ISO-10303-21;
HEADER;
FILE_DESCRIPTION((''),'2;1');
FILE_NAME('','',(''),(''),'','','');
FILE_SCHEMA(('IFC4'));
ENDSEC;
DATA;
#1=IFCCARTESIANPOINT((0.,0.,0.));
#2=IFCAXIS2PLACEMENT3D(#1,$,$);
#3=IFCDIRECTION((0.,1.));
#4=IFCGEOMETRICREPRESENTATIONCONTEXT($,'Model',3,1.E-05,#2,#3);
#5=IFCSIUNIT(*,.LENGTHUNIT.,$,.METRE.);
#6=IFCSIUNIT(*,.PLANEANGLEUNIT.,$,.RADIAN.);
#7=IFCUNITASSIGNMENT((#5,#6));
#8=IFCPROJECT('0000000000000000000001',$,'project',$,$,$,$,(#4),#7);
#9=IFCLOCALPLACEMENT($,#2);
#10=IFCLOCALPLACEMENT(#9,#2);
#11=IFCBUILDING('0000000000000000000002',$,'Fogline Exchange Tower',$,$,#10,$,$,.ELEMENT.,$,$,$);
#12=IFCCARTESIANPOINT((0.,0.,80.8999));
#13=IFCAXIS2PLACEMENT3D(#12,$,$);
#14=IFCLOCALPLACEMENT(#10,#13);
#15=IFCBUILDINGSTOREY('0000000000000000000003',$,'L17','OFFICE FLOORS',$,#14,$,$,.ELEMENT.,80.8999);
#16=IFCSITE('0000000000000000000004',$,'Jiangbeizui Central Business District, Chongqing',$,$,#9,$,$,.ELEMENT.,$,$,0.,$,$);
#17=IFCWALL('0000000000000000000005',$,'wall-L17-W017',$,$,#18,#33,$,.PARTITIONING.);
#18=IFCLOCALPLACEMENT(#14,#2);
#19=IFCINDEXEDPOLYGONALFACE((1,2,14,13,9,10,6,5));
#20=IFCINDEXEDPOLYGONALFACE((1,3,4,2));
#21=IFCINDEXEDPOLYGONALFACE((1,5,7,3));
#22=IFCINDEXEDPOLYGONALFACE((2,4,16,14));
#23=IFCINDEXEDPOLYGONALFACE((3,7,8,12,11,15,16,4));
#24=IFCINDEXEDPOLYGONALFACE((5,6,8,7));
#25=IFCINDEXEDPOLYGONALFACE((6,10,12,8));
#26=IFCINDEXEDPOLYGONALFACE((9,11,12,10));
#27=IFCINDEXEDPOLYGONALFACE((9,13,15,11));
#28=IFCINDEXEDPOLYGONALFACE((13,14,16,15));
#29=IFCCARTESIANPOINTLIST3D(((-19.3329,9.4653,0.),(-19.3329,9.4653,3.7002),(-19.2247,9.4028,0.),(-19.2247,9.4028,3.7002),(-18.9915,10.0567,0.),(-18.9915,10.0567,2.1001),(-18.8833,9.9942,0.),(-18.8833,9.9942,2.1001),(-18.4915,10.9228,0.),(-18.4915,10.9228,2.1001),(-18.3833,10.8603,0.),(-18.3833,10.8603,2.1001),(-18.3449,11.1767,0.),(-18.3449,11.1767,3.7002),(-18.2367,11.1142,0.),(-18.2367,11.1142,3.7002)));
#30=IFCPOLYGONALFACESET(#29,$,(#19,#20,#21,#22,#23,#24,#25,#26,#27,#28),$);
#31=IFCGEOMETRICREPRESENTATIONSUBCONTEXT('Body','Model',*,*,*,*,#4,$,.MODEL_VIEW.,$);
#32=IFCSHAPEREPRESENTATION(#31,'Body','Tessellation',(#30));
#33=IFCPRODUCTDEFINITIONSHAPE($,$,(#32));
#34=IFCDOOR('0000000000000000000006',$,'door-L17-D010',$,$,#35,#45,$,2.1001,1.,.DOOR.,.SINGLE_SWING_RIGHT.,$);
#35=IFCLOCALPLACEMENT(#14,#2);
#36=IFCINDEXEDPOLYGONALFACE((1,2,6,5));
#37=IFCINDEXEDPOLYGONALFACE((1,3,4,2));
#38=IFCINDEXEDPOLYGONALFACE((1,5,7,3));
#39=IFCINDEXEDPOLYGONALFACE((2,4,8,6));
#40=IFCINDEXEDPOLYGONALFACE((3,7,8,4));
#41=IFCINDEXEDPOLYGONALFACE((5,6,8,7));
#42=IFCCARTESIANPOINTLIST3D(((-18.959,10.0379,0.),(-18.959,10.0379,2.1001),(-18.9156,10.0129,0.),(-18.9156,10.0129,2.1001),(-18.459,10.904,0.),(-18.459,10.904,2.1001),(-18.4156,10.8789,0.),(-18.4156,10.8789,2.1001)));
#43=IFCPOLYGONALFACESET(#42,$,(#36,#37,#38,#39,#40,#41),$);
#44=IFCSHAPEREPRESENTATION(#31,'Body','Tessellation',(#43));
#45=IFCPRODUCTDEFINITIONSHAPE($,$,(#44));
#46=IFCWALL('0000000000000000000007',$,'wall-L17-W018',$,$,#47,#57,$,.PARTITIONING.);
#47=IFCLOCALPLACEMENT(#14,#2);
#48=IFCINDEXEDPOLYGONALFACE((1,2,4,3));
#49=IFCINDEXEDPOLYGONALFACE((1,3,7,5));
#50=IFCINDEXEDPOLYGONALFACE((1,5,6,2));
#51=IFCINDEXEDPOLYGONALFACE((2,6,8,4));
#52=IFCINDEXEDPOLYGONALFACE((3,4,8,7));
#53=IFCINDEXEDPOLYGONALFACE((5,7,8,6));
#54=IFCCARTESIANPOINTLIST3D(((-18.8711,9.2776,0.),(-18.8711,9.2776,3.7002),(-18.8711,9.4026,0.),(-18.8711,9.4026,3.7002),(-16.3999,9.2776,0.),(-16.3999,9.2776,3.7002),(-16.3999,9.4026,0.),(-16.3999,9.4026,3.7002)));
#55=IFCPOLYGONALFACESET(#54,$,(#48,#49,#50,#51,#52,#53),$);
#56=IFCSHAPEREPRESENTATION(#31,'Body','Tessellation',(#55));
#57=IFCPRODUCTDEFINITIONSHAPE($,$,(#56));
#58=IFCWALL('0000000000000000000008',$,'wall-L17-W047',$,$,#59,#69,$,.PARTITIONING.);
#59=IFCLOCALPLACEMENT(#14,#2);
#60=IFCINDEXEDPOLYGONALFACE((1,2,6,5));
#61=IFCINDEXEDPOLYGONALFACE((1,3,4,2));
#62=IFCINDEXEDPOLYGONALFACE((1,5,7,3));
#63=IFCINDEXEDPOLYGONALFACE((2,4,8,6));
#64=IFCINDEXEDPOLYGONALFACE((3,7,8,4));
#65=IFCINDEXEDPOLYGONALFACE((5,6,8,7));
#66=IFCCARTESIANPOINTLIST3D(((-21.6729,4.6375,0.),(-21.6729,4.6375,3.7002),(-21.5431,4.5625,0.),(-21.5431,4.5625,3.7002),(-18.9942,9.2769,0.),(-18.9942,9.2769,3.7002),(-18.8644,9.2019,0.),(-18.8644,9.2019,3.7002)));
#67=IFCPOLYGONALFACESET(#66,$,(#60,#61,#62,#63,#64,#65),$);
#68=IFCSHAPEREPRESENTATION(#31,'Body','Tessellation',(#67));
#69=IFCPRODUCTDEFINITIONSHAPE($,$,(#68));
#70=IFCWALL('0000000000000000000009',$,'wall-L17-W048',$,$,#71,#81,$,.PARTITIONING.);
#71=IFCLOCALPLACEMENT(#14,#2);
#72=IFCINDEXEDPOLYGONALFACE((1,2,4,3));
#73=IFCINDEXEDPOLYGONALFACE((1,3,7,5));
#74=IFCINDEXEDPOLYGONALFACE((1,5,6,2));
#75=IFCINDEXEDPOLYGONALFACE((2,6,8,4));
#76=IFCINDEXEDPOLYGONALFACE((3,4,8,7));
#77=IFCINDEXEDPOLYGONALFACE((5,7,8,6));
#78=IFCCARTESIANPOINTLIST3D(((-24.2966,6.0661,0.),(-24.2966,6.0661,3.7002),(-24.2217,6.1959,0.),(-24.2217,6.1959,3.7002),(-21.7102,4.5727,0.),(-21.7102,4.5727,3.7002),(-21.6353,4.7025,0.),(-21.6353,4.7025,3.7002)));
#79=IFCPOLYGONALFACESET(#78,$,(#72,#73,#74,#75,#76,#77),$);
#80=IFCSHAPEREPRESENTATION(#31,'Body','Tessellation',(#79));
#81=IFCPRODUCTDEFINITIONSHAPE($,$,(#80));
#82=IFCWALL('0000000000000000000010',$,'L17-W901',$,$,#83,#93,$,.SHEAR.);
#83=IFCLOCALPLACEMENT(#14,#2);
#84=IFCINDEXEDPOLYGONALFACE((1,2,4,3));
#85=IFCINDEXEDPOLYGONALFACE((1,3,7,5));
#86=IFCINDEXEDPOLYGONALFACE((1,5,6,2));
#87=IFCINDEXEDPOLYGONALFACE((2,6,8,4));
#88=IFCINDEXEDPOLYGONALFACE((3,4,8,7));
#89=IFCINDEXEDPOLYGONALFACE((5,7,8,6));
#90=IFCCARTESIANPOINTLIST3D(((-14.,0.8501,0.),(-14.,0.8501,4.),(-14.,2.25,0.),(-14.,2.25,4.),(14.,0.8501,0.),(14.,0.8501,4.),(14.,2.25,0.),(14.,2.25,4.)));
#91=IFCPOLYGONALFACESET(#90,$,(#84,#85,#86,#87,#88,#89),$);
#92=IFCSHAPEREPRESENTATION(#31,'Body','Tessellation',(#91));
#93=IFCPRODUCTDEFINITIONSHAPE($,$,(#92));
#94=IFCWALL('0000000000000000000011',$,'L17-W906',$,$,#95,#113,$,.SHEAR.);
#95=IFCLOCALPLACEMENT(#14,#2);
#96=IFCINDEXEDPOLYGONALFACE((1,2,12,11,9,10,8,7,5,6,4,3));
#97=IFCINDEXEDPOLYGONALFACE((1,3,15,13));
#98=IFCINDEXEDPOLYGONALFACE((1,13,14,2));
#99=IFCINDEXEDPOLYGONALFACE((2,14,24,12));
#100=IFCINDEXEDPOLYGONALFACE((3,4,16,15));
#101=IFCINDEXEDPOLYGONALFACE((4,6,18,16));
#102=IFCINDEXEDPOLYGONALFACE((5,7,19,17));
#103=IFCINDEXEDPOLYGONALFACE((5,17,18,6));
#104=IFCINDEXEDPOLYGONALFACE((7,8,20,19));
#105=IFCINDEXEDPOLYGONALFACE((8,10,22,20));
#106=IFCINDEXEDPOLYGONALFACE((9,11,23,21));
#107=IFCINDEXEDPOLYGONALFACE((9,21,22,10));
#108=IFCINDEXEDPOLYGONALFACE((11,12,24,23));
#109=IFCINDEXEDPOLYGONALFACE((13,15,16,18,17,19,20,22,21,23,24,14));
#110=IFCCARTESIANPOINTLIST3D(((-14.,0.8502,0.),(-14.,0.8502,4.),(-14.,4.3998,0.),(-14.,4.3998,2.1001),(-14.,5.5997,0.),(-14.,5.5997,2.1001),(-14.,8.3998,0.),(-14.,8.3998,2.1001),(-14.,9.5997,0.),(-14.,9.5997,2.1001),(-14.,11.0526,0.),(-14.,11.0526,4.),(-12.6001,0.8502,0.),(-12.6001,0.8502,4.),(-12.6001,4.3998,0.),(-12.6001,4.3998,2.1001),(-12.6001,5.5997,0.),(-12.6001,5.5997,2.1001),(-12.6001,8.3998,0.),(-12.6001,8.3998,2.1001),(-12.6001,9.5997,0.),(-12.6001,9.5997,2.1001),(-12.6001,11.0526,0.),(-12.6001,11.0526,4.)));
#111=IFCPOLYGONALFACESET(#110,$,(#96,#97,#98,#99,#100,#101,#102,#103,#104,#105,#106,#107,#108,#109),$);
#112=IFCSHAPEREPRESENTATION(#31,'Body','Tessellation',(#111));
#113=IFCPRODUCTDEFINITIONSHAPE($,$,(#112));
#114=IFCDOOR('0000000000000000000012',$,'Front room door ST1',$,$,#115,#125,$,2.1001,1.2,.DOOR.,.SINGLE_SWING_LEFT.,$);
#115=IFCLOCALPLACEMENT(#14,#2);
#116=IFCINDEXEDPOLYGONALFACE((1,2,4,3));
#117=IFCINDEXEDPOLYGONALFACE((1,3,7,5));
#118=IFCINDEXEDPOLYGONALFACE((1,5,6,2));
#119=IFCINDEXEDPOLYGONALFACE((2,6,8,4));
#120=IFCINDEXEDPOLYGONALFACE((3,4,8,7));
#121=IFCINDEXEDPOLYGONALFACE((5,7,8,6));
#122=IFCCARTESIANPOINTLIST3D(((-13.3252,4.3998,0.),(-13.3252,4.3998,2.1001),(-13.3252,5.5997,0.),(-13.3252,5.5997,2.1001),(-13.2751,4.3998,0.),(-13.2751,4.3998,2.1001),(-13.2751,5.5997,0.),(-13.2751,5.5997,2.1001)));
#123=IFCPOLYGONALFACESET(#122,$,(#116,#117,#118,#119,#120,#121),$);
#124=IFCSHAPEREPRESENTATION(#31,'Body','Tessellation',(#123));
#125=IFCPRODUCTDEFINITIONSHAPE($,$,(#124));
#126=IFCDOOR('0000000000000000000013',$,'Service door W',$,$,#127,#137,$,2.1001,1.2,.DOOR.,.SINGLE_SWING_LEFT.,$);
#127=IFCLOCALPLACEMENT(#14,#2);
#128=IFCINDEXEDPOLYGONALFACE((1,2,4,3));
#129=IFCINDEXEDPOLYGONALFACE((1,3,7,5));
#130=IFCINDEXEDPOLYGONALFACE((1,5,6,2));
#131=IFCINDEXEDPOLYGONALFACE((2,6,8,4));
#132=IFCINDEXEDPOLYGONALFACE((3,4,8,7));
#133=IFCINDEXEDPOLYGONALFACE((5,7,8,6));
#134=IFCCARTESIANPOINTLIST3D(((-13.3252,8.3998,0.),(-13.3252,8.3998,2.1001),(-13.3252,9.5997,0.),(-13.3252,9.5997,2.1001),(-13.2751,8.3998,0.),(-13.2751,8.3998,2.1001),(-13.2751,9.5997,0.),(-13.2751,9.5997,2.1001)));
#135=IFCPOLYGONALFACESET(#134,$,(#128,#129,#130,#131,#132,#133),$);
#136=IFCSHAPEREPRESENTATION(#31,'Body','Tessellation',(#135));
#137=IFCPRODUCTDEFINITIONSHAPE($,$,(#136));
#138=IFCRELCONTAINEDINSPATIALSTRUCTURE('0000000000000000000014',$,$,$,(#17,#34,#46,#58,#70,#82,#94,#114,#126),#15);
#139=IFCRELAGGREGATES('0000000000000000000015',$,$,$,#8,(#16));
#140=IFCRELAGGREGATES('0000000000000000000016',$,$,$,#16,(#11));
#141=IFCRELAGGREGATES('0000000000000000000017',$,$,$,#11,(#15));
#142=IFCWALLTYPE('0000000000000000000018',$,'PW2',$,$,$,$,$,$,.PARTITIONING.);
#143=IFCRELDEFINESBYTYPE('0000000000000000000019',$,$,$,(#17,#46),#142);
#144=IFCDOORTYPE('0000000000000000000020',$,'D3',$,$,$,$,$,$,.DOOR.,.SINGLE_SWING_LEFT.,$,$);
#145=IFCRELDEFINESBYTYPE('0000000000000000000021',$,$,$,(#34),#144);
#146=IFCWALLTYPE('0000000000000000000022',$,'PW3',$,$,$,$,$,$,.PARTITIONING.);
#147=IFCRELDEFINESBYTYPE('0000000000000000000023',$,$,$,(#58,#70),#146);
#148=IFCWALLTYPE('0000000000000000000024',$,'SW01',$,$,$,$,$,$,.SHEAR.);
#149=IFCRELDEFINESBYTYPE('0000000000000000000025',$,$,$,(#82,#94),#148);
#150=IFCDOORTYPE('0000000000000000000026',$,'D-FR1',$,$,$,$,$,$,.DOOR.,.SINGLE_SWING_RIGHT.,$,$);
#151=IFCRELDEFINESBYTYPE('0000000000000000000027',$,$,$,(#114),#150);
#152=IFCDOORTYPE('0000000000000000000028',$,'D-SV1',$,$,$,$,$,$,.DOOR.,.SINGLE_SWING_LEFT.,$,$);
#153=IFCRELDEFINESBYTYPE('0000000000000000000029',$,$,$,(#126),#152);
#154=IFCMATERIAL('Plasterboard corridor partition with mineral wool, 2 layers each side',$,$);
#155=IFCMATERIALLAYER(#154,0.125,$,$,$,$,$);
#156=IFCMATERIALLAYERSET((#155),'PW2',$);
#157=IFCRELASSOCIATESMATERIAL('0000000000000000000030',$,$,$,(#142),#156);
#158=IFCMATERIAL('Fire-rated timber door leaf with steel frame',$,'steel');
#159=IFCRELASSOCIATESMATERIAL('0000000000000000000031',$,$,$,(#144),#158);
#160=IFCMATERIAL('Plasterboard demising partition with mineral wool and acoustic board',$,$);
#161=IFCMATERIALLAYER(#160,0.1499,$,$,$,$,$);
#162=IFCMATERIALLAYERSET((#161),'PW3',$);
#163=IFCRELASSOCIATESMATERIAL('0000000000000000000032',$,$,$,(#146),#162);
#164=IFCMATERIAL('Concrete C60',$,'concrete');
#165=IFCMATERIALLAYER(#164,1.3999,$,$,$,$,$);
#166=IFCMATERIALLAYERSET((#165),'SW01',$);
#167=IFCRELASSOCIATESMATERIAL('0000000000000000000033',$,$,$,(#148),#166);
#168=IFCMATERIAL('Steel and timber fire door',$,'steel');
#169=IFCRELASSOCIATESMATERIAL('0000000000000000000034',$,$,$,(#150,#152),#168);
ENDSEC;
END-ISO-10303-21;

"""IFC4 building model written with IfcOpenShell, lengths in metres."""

from ifc_helpers import new_model, si_unit, direction, frame, frame_2d, origin, place, context, subcontext, project, spatial, rectangle, extrude, material, layer, layer_set, type_object, element, fill, save


model = new_model("IFC4")

# Units and contexts
model_context = context("Model", 3, precision=1e-05, world=origin(), true_north=direction((0.0, 1.0)))
body_context = subcontext(model_context, "Body", "Model", "MODEL_VIEW")
ifc_project = project(units=[si_unit("LENGTHUNIT", "METRE"), si_unit("PLANEANGLEUNIT", "RADIAN")], contexts=[model_context])

# Site, building, storey
site_placement = place(None, origin())
site = spatial("IfcSite", under=ifc_project, at=site_placement, Name="Jiangbeizui Central Business District, Chongqing", CompositionType="ELEMENT", RefElevation=0.0)
building_placement = place(site_placement, origin())
building = spatial("IfcBuilding", under=site, at=building_placement, Name="Fogline Exchange Tower", CompositionType="ELEMENT")
storey_placement = place(building_placement, frame((0.0, 0.0, 80.8999)))
storey = spatial("IfcBuildingStorey", under=building, at=storey_placement, Name="L17", Description="OFFICE FLOORS", CompositionType="ELEMENT", Elevation=80.8999)

# Shared definitions
ifc_material_1 = material(Name="Plasterboard corridor partition with mineral wool, 2 layers each side")
ifc_layer_1 = layer(ifc_material_1, 0.125)
ifc_layer_set_1 = layer_set([ifc_layer_1], Name="PW2")
wall_type_1 = type_object("IfcWallType", Name="PW2", PredefinedType="PARTITIONING", material=ifc_layer_set_1)

# Shared definitions
ifc_material_2 = material(Name="Fire-rated timber door leaf with steel frame", Category="steel")
door_type_1 = type_object("IfcDoorType", Name="D3", OperationType="SINGLE_SWING_LEFT", PredefinedType="DOOR", material=ifc_material_2)

# Wall, opening, door
wall_1_placement = place(storey_placement, frame((-19.2788, 9.4341, 0.0), z_axis=(0.0, 0.0, 1.0), x_axis=(0.499979, 0.866037, 0.0)))
wall_1 = element("IfcWall", 1, at=wall_1_placement, inside=storey, type_object=wall_type_1, Name="wall-L17-W017", PredefinedType="PARTITIONING", context=body_context, shape_type="SweptSolid", body=[
    extrude(rectangle(XDim=1.9761, YDim=0.125, at=frame_2d((0.988, 0.0))), origin(), (0.0, 0.0, 1.0), 3.7002),
])
opening_1_placement = place(wall_1_placement, frame((0.6829, 0.0, 0.0)))
opening_1 = element("IfcOpeningElement", 2, at=opening_1_placement, cuts=wall_1, PredefinedType="OPENING", context=body_context, shape_type="SweptSolid", body=[
    extrude(rectangle(XDim=1.0, YDim=2.1001, at=frame_2d((0.5, 1.05))), frame((0.0, 0.0725, 0.0), z_axis=(0.0, -1.0, 0.0), x_axis=(1.0, 0.0, 0.0)), (0.0, 0.0, 1.0), 0.145),
])
door_1_placement = place(opening_1_placement, origin())
door_1 = element("IfcDoor", 3, at=door_1_placement, inside=storey, type_object=door_type_1, Name="door-L17-D010", OperationType="SINGLE_SWING_RIGHT", OverallHeight=2.1001, OverallWidth=1.0, PredefinedType="DOOR", context=body_context, shape_type="SweptSolid", body=[
    extrude(rectangle(XDim=1.0, YDim=2.1001, at=frame_2d((0.5, 1.05))), frame((0.0, 0.0249, 0.0), z_axis=(0.0, -1.0, 0.0), x_axis=(1.0, 0.0, 0.0)), (0.0, 0.0, 1.0), 0.05),
])
fill(opening_1, door_1)

# Walls
wall_2_placement = place(storey_placement, frame((-16.3999, 9.3401, 0.0), z_axis=(0.0, 0.0, 1.0), x_axis=(-1.0, 0.0, 0.0)))
element("IfcWall", 4, at=wall_2_placement, inside=storey, type_object=wall_type_1, Name="wall-L17-W018", PredefinedType="PARTITIONING", context=body_context, shape_type="SweptSolid", body=[
    extrude(rectangle(XDim=2.4712, YDim=0.125, at=frame_2d((1.2356, 0.0))), origin(), (0.0, 0.0, 1.0), 3.7002),
])
ifc_material_3 = material(Name="Plasterboard demising partition with mineral wool and acoustic board")
ifc_layer_2 = layer(ifc_material_3, 0.1499)
ifc_layer_set_2 = layer_set([ifc_layer_2], Name="PW3")
wall_type_2 = type_object("IfcWallType", Name="PW3", PredefinedType="PARTITIONING", material=ifc_layer_set_2)
wall_3_placement = place(storey_placement, frame((-18.9292, 9.2395, 0.0), z_axis=(0.0, 0.0, 1.0), x_axis=(-0.500021, -0.866013, 0.0)))
element("IfcWall", 5, at=wall_3_placement, inside=storey, type_object=wall_type_2, Name="wall-L17-W047", PredefinedType="PARTITIONING", context=body_context, shape_type="SweptSolid", body=[
    extrude(rectangle(XDim=5.3572, YDim=0.1499, at=frame_2d((2.6787, 0.0))), origin(), (0.0, 0.0, 1.0), 3.7002),
])
wall_4_placement = place(storey_placement, frame((-21.6729, 4.6377, 0.0), z_axis=(0.0, 0.0, 1.0), x_axis=(-0.866006, 0.500034, 0.0)))
element("IfcWall", 6, at=wall_4_placement, inside=storey, type_object=wall_type_2, Name="wall-L17-W048", PredefinedType="PARTITIONING", context=body_context, shape_type="SweptSolid", body=[
    extrude(rectangle(XDim=2.9866, YDim=0.1499, at=frame_2d((1.4932, 0.0))), origin(), (0.0, 0.0, 1.0), 3.7002),
])
ifc_material_4 = material(Name="Concrete C60", Category="concrete")
ifc_layer_3 = layer(ifc_material_4, 1.3999)
ifc_layer_set_3 = layer_set([ifc_layer_3], Name="SW01")
wall_type_3 = type_object("IfcWallType", Name="SW01", PredefinedType="SHEAR", material=ifc_layer_set_3)
wall_5_placement = place(storey_placement, frame((-14.0, 1.55, 0.0), z_axis=(0.0, 0.0, 1.0), x_axis=(1.0, 0.0, 0.0)))
element("IfcWall", 7, at=wall_5_placement, inside=storey, type_object=wall_type_3, Name="L17-W901", PredefinedType="SHEAR", context=body_context, shape_type="SweptSolid", body=[
    extrude(rectangle(XDim=28.0, YDim=1.3999, at=frame_2d((14.0, 0.0))), origin(), (0.0, 0.0, 1.0), 4.0),
])

# Wall, openings, doors
wall_6_placement = place(storey_placement, frame((-13.3, 11.0525, 0.0), z_axis=(0.0, 0.0, 1.0), x_axis=(0.0, -1.0, 0.0)))
wall_6 = element("IfcWall", 8, at=wall_6_placement, inside=storey, type_object=wall_type_3, Name="L17-W906", PredefinedType="SHEAR", context=body_context, shape_type="SweptSolid", body=[
    extrude(rectangle(XDim=10.2024, YDim=1.3999, at=frame_2d((5.1011, 0.0))), origin(), (0.0, 0.0, 1.0), 4.0),
])
opening_2_placement = place(wall_6_placement, frame((5.4526, 0.0, 0.0)))
opening_2 = element("IfcOpeningElement", 9, at=opening_2_placement, cuts=wall_6, PredefinedType="OPENING", context=body_context, shape_type="SweptSolid", body=[
    extrude(rectangle(XDim=1.2, YDim=2.1001, at=frame_2d((0.6001, 1.05))), frame((0.0, 0.71, 0.0), z_axis=(0.0, -1.0, 0.0), x_axis=(1.0, 0.0, 0.0)), (0.0, 0.0, 1.0), 1.4199),
])
opening_3_placement = place(wall_6_placement, frame((1.4526, 0.0, 0.0)))
opening_3 = element("IfcOpeningElement", 10, at=opening_3_placement, cuts=wall_6, PredefinedType="OPENING", context=body_context, shape_type="SweptSolid", body=[
    extrude(rectangle(XDim=1.2, YDim=2.1001, at=frame_2d((0.6001, 1.05))), frame((0.0, 0.71, 0.0), z_axis=(0.0, -1.0, 0.0), x_axis=(1.0, 0.0, 0.0)), (0.0, 0.0, 1.0), 1.4199),
])
ifc_material_5 = material(Name="Steel and timber fire door", Category="steel")
door_type_2 = type_object("IfcDoorType", Name="D-FR1", OperationType="SINGLE_SWING_RIGHT", PredefinedType="DOOR", material=ifc_material_5)
door_2_placement = place(opening_2_placement, origin())
door_2 = element("IfcDoor", 11, at=door_2_placement, inside=storey, type_object=door_type_2, Name="Front room door ST1", OperationType="SINGLE_SWING_LEFT", OverallHeight=2.1001, OverallWidth=1.2, PredefinedType="DOOR", context=body_context, shape_type="SweptSolid", body=[
    extrude(rectangle(XDim=1.2, YDim=2.1001, at=frame_2d((0.6001, 1.05))), frame((0.0, 0.0249, 0.0), z_axis=(0.0, -1.0, 0.0), x_axis=(1.0, 0.0, 0.0)), (0.0, 0.0, 1.0), 0.05),
])
fill(opening_2, door_2)
door_type_3 = type_object("IfcDoorType", Name="D-SV1", OperationType="SINGLE_SWING_LEFT", PredefinedType="DOOR", material=ifc_material_5)
door_3_placement = place(opening_3_placement, origin())
door_3 = element("IfcDoor", 12, at=door_3_placement, inside=storey, type_object=door_type_3, Name="Service door W", OperationType="SINGLE_SWING_LEFT", OverallHeight=2.1001, OverallWidth=1.2, PredefinedType="DOOR", context=body_context, shape_type="SweptSolid", body=[
    extrude(rectangle(XDim=1.2, YDim=2.1001, at=frame_2d((0.6001, 1.05))), frame((0.0, 0.0249, 0.0), z_axis=(0.0, -1.0, 0.0), x_axis=(1.0, 0.0, 0.0)), (0.0, 0.0, 1.0), 0.05),
])
fill(opening_3, door_3)

save(model, "model.ifc")
